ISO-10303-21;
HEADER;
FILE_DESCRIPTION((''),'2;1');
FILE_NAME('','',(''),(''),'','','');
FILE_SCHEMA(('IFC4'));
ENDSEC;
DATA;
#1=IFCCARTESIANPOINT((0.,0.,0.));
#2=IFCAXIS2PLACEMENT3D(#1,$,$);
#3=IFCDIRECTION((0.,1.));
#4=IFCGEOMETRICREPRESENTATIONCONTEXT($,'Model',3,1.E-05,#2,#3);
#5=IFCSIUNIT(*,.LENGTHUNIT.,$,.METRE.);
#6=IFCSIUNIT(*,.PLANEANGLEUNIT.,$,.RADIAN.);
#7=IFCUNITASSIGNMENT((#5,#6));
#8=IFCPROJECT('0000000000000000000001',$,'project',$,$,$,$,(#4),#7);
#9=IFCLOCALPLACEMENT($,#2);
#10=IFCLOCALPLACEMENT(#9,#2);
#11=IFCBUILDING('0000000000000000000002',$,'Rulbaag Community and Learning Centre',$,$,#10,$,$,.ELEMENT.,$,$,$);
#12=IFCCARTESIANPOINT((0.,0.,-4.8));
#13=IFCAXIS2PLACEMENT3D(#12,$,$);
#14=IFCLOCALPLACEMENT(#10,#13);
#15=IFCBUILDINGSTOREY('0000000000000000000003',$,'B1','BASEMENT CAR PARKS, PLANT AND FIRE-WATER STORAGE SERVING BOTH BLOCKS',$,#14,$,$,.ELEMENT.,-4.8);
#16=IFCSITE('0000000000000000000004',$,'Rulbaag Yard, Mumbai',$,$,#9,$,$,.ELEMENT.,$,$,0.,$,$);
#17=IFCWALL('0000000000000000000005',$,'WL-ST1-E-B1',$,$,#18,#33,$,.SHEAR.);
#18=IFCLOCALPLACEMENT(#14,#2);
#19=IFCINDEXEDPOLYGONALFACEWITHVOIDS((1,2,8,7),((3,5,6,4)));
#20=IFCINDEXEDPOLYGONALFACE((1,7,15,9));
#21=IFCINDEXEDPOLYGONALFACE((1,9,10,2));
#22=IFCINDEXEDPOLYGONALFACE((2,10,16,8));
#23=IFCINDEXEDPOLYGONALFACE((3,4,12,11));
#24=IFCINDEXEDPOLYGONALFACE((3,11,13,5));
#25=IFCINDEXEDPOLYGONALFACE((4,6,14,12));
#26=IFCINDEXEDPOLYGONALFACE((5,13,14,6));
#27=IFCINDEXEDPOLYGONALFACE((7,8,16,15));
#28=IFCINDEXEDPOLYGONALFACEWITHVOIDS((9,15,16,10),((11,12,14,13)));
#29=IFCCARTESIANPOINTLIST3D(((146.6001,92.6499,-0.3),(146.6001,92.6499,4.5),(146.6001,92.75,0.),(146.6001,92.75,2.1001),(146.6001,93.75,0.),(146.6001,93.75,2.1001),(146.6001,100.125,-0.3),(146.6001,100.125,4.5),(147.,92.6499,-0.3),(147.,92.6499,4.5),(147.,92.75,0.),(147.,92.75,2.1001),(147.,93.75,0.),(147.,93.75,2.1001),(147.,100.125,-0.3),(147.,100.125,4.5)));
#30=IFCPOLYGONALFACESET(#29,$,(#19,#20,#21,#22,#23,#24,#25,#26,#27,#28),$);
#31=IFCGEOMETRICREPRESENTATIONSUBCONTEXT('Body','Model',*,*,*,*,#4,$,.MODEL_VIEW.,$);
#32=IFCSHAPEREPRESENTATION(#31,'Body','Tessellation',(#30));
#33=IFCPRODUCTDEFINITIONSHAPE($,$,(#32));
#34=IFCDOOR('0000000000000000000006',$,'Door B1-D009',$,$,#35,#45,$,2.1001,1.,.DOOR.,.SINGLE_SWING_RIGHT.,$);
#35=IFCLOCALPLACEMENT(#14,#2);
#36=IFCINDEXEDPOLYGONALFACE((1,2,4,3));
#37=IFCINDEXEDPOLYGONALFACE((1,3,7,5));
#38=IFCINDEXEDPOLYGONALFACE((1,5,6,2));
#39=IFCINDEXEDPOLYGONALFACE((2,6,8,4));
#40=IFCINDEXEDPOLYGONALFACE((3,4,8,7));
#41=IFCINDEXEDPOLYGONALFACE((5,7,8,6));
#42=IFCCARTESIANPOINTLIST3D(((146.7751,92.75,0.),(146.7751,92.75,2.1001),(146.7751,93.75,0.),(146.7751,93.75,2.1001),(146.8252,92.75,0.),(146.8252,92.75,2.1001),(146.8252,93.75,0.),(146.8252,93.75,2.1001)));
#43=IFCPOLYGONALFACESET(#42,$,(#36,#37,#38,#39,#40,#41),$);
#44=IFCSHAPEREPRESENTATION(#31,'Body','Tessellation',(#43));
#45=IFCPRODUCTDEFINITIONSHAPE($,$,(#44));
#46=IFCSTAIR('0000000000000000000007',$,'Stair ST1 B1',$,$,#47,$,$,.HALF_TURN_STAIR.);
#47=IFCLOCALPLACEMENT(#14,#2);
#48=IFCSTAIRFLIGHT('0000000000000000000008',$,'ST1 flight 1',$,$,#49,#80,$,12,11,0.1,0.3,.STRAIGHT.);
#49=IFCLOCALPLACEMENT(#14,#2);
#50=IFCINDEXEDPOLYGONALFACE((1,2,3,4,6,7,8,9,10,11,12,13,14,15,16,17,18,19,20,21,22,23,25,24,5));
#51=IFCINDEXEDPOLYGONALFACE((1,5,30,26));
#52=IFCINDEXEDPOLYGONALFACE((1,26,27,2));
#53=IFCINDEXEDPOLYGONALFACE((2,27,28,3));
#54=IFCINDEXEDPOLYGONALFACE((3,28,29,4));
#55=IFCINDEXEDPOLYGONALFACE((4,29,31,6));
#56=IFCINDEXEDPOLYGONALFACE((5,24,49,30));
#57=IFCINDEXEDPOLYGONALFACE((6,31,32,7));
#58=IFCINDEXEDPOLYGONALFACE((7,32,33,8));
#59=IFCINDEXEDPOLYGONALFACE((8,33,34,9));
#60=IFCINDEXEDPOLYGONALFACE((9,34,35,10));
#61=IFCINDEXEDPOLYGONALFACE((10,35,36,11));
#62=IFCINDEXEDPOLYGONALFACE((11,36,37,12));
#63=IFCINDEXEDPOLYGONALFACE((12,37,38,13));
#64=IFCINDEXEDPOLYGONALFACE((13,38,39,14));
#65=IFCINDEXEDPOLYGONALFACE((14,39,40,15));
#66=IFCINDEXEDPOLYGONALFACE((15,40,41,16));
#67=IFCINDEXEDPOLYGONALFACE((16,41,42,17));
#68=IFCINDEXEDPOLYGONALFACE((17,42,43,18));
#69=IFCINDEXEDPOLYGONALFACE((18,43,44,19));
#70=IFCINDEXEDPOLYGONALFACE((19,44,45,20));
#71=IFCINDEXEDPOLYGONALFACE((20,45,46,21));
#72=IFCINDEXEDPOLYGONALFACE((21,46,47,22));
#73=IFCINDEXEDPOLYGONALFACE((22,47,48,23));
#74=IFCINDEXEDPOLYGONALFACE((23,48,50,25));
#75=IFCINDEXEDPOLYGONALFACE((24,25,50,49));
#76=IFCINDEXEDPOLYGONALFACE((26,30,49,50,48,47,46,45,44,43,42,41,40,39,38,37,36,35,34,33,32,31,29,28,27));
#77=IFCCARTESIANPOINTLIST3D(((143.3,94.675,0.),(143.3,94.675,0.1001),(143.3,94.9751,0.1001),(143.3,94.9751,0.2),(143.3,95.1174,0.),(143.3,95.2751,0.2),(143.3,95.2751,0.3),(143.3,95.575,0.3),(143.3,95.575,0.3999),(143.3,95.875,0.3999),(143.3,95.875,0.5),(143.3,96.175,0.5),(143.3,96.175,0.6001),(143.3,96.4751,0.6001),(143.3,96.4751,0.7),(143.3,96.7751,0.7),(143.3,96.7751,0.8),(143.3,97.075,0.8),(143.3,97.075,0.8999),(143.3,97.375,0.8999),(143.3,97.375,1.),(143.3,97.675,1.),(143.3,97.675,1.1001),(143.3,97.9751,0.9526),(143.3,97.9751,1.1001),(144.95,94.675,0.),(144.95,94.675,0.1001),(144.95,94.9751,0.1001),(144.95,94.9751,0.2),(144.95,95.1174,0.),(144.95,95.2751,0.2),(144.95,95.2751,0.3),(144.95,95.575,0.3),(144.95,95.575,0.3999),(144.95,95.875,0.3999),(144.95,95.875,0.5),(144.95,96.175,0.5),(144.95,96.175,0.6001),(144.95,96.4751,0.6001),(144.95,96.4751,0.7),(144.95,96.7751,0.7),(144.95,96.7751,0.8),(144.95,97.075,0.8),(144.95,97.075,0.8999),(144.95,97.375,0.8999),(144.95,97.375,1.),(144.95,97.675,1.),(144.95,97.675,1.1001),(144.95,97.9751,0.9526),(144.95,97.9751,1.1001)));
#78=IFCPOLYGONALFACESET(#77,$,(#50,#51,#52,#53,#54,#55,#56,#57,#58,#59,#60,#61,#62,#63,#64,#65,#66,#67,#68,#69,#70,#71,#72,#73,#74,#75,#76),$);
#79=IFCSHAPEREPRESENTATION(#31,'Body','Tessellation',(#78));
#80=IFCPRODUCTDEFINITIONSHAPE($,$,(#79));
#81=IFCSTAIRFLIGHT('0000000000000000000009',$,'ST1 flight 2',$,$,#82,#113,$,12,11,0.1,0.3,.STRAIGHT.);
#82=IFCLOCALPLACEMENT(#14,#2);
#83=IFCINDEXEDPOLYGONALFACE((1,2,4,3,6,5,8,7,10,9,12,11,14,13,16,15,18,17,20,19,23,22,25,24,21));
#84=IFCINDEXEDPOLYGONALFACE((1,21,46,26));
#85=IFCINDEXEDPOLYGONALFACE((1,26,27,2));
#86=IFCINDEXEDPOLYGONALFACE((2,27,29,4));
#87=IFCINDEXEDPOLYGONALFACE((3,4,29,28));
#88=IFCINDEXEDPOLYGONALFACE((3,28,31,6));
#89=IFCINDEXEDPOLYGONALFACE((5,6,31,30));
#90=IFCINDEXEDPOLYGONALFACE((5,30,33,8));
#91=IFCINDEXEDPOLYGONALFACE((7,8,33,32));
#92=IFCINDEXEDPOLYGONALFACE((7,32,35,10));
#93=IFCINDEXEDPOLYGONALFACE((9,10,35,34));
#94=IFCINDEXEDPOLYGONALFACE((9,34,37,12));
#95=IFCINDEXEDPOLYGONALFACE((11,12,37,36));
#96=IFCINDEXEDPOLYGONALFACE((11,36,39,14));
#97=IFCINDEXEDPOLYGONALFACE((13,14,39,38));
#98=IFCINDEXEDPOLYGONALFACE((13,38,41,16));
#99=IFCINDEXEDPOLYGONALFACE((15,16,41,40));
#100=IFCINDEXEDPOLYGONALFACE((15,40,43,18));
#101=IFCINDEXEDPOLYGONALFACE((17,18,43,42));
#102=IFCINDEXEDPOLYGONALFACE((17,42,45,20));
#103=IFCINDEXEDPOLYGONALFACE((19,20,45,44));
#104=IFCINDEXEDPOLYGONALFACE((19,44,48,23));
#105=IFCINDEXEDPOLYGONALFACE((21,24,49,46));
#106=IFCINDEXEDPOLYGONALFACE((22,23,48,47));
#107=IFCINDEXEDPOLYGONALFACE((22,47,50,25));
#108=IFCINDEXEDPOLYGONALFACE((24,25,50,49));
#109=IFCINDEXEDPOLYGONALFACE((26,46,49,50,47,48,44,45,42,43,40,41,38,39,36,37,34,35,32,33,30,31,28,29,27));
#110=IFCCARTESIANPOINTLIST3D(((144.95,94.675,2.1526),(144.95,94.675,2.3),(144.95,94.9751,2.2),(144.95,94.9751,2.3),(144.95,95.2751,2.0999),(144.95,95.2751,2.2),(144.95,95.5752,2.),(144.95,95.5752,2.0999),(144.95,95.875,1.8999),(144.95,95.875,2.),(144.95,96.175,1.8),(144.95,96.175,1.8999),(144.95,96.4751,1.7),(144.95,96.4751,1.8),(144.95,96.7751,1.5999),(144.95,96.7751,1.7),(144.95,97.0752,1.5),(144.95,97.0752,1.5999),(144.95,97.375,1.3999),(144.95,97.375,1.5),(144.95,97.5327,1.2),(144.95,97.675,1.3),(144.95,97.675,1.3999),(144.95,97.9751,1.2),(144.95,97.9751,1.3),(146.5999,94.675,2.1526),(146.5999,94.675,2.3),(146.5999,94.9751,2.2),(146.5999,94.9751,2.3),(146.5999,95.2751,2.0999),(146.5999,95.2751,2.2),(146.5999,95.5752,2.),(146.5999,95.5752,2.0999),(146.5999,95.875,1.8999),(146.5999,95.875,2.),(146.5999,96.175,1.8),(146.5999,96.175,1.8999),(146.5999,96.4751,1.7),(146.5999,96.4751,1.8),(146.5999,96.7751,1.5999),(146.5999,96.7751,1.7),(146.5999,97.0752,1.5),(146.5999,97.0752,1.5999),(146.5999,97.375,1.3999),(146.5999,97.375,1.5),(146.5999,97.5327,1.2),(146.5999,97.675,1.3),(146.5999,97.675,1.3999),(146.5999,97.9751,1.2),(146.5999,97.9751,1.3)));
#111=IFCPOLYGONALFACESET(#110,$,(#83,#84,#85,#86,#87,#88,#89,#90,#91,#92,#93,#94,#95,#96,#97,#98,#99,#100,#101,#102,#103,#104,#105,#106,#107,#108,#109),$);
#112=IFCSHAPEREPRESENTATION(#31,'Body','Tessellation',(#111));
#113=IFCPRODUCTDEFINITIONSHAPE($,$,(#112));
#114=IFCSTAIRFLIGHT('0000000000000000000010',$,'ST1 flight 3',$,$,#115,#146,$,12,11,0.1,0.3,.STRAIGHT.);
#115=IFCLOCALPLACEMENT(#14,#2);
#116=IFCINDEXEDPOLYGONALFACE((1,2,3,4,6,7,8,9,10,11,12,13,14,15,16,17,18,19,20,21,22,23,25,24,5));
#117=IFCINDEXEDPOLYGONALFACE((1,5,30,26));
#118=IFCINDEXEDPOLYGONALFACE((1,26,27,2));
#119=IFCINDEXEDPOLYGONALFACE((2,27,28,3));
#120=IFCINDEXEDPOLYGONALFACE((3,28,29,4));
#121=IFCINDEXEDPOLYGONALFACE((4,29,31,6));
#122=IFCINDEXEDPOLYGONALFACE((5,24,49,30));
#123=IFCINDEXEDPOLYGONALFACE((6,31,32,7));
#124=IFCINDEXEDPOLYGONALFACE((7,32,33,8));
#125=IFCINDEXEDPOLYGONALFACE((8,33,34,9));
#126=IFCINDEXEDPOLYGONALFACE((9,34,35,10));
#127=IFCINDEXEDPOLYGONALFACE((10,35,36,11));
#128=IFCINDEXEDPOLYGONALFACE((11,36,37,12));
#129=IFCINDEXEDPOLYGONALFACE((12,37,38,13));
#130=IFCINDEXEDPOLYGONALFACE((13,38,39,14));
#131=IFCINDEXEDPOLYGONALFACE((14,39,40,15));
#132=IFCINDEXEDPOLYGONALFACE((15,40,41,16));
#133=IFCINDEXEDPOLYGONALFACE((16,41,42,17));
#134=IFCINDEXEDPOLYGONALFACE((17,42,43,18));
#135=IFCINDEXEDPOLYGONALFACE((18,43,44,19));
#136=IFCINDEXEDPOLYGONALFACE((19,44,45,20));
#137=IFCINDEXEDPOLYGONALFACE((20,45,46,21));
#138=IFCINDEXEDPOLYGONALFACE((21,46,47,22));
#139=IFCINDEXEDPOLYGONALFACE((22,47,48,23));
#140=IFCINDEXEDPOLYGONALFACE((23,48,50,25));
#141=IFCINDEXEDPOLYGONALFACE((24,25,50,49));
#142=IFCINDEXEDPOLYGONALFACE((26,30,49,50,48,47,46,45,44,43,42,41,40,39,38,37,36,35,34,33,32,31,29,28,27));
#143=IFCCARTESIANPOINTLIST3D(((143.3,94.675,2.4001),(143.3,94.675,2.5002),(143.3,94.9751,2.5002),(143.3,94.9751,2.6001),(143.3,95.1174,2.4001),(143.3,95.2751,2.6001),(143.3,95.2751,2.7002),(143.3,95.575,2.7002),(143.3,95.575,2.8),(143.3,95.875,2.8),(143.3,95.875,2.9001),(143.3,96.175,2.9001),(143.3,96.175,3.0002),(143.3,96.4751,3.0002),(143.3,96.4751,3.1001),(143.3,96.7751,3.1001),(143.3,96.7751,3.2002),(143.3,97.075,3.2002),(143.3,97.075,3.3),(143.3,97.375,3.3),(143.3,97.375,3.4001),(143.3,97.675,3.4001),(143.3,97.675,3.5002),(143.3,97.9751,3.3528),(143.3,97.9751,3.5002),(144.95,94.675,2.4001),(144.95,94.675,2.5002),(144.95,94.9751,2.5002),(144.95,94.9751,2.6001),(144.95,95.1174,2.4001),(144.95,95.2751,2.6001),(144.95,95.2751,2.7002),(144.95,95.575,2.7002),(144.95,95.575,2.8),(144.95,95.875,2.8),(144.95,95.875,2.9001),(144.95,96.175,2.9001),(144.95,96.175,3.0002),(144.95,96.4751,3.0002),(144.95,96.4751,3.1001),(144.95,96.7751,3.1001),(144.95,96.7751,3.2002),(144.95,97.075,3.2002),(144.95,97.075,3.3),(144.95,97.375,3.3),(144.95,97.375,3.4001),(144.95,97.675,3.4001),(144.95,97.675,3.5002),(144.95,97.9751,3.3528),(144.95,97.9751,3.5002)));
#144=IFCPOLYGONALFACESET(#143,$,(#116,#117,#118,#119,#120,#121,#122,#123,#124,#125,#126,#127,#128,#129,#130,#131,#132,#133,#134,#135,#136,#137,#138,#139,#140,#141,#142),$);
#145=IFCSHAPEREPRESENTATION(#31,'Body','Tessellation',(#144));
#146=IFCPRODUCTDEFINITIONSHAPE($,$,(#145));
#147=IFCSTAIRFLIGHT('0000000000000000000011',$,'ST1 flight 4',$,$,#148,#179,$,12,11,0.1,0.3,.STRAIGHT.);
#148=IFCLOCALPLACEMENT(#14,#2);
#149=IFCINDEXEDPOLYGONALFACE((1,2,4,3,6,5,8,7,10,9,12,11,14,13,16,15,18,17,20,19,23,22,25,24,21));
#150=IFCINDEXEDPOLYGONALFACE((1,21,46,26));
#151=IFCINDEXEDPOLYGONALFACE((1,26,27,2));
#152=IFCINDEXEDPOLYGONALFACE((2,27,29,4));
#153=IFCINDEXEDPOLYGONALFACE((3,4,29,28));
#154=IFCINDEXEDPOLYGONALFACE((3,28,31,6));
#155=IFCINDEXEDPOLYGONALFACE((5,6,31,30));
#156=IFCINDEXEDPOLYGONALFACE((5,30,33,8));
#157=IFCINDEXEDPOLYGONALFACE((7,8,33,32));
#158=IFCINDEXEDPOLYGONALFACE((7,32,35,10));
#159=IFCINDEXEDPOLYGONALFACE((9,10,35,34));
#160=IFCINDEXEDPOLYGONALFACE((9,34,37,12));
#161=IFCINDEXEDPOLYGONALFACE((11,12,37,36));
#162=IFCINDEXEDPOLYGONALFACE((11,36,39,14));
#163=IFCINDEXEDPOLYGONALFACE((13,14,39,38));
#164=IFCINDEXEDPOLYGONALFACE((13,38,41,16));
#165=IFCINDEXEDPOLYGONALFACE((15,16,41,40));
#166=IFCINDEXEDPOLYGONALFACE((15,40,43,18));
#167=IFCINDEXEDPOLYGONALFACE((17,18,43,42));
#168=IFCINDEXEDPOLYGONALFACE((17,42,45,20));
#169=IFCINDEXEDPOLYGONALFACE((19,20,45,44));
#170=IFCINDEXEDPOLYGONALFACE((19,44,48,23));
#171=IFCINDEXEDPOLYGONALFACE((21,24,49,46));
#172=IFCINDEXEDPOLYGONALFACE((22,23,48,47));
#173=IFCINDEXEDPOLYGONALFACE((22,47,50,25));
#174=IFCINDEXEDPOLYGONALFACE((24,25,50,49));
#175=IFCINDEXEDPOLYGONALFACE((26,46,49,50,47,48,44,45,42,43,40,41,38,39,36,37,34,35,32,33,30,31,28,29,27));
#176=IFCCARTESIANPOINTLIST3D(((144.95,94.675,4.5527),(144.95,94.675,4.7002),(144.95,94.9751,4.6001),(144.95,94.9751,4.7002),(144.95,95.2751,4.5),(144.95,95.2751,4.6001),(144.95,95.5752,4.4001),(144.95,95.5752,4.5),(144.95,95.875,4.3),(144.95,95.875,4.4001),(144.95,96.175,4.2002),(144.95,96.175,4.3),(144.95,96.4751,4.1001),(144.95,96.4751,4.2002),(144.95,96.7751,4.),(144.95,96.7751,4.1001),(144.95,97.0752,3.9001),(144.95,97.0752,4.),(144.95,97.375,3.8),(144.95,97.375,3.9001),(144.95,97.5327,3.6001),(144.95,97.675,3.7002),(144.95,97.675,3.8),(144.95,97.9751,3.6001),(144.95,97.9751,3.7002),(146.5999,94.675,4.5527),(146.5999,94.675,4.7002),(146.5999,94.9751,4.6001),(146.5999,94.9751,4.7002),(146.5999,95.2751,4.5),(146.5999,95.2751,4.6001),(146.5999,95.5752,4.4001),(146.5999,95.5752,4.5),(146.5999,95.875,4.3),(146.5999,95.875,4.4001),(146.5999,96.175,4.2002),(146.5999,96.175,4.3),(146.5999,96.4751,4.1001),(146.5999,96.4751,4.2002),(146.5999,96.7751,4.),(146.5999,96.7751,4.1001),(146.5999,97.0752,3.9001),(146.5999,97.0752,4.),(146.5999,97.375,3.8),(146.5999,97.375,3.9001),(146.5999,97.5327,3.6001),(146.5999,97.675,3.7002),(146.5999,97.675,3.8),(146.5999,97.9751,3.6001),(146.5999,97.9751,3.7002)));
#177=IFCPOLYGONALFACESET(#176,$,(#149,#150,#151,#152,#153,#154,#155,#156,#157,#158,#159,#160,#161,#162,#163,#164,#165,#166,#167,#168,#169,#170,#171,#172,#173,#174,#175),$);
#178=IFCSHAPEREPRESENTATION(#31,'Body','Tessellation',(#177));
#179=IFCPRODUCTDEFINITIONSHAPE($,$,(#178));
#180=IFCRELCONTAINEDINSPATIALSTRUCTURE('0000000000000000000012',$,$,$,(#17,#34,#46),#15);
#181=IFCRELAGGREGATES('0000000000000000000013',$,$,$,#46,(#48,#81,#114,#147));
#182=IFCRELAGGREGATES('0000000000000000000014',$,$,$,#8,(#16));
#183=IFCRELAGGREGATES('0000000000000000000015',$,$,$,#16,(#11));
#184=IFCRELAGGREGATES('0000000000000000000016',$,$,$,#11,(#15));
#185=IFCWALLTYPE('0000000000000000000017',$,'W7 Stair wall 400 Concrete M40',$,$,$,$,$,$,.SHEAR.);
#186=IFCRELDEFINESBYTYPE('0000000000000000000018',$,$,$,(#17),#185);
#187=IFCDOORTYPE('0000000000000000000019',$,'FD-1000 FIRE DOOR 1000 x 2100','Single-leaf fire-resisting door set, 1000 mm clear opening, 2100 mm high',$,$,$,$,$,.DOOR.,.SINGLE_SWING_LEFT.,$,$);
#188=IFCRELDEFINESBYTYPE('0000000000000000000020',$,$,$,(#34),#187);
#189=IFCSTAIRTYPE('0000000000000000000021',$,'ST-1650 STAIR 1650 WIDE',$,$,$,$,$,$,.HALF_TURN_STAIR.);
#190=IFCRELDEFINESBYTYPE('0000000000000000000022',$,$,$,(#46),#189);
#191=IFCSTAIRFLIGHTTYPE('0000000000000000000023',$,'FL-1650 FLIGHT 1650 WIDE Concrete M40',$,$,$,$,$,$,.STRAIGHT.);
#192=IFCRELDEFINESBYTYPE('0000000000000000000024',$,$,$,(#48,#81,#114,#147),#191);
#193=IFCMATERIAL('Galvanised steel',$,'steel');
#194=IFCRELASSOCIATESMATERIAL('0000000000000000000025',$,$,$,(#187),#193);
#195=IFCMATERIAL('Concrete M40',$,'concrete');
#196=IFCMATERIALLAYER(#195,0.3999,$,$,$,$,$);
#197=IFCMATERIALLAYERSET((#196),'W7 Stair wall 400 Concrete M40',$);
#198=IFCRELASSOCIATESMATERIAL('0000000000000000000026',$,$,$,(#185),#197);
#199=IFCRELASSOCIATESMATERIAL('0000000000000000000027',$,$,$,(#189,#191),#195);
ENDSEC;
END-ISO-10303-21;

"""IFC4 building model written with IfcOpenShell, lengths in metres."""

from ifc_helpers import new_model, si_unit, direction, frame, frame_2d, origin, place, context, subcontext, project, spatial, polyline, rectangle, outline, extrude, material, layer, layer_set, type_object, element, fill, aggregate, save


model = new_model("IFC4")

# Units and contexts
model_context = context("Model", 3, precision=1e-05, world=origin(), true_north=direction((0.0, 1.0)))
body_context = subcontext(model_context, "Body", "Model", "MODEL_VIEW")
ifc_project = project(units=[si_unit("LENGTHUNIT", "METRE"), si_unit("PLANEANGLEUNIT", "RADIAN")], contexts=[model_context])

# Site, building, storey
site_placement = place(None, origin())
site = spatial("IfcSite", under=ifc_project, at=site_placement, Name="Rulbaag Yard, Mumbai", CompositionType="ELEMENT", RefElevation=0.0)
building_placement = place(site_placement, origin())
building = spatial("IfcBuilding", under=site, at=building_placement, Name="Rulbaag Community and Learning Centre", CompositionType="ELEMENT")
storey_placement = place(building_placement, frame((0.0, 0.0, -4.8)))
storey = spatial("IfcBuildingStorey", under=building, at=storey_placement, Name="B1", Description="BASEMENT CAR PARKS, PLANT AND FIRE-WATER STORAGE SERVING BOTH BLOCKS", CompositionType="ELEMENT", Elevation=-4.8)

# Shared definitions
ifc_material_1 = material(Name="Galvanised steel", Category="steel")
door_type_1 = type_object("IfcDoorType", Name="FD-1000 FIRE DOOR 1000 x 2100", Description="Single-leaf fire-resisting door set, 1000 mm clear opening, 2100 mm high", OperationType="SINGLE_SWING_LEFT", PredefinedType="DOOR", material=ifc_material_1)

# Shared definitions
ifc_material_2 = material(Name="Concrete M40", Category="concrete")

# Wall, opening, door
ifc_layer_1 = layer(ifc_material_2, 0.3999)
ifc_layer_set_1 = layer_set([ifc_layer_1], Name="W7 Stair wall 400 Concrete M40")
wall_type_1 = type_object("IfcWallType", Name="W7 Stair wall 400 Concrete M40", PredefinedType="SHEAR", material=ifc_layer_set_1)
wall_1_placement = place(storey_placement, frame((146.8, 92.6499, -0.3), z_axis=(0.0, 0.0, 1.0), x_axis=(0.0, 1.0, 0.0)))
wall_1 = element("IfcWall", 1, at=wall_1_placement, inside=storey, type_object=wall_type_1, Name="WL-ST1-E-B1", PredefinedType="SHEAR", context=body_context, shape_type="SweptSolid", body=[
    extrude(rectangle(XDim=7.4751, YDim=0.3999, at=frame_2d((3.7375, 0.0))), origin(), (0.0, 0.0, 1.0), 4.8),
])
opening_1_placement = place(wall_1_placement, frame((0.1001, 0.0, 0.3)))
opening_1 = element("IfcOpeningElement", 2, at=opening_1_placement, cuts=wall_1, PredefinedType="OPENING", context=body_context, shape_type="SweptSolid", body=[
    extrude(rectangle(XDim=1.0, YDim=2.1001, at=frame_2d((0.5, 1.05))), frame((0.0, 0.21, 0.0), z_axis=(0.0, -1.0, 0.0), x_axis=(1.0, 0.0, 0.0)), (0.0, 0.0, 1.0), 0.4199),
])
door_1_placement = place(opening_1_placement, origin())
door_1 = element("IfcDoor", 3, at=door_1_placement, inside=storey, type_object=door_type_1, Name="Door B1-D009", OperationType="SINGLE_SWING_RIGHT", OverallHeight=2.1001, OverallWidth=1.0, PredefinedType="DOOR", context=body_context, shape_type="SweptSolid", body=[
    extrude(rectangle(XDim=1.0, YDim=2.1001, at=frame_2d((0.5, 1.05))), frame((0.0, 0.0249, 0.0), z_axis=(0.0, -1.0, 0.0), x_axis=(1.0, 0.0, 0.0)), (0.0, 0.0, 1.0), 0.05),
])
fill(opening_1, door_1)

# Stair, stair flights
stair_type = type_object("IfcStairType", Name="ST-1650 STAIR 1650 WIDE", PredefinedType="HALF_TURN_STAIR", material=ifc_material_2)
stair_placement = place(storey_placement, origin())
stair = element("IfcStair", 4, at=stair_placement, inside=storey, type_object=stair_type, Name="Stair ST1 B1", PredefinedType="HALF_TURN_STAIR")
stair_flight_type = type_object("IfcStairFlightType", Name="FL-1650 FLIGHT 1650 WIDE Concrete M40", PredefinedType="STRAIGHT", material=ifc_material_2)
stair_flight_1_placement = place(storey_placement, frame((144.125, 94.675, 0.0), z_axis=(0.0, 0.0, 1.0), x_axis=(0.0, 1.0, 0.0)))
stair_flight_1 = element("IfcStairFlight", 5, at=stair_flight_1_placement, type_object=stair_flight_type, Name="ST1 flight 1", NumberOfRisers=12, NumberOfTreads=11, PredefinedType="STRAIGHT", RiserHeight=0.1, TreadLength=0.3, context=body_context, shape_type="SweptSolid", body=[
    extrude(outline(polyline([(0.0, 0.0), (0.0, 0.1001), (0.3, 0.1001), (0.3, 0.2), (0.6001, 0.2), (0.6001, 0.3), (0.8999, 0.3), (0.8999, 0.3999), (1.2, 0.3999), (1.2, 0.5), (1.5, 0.5), (1.5, 0.6001), (1.8, 0.6001), (1.8, 0.7), (2.1001, 0.7), (2.1001, 0.8), (2.3999, 0.8), (2.3999, 0.8999), (2.7, 0.8999), (2.7, 1.0), (3.0, 1.0), (3.0, 1.1001), (3.3, 1.1001), (3.3, 0.9526), (0.4424, 0.0), (0.0, 0.0)])), frame((0.0, 0.825, 0.0), z_axis=(0.0, -1.0, 0.0), x_axis=(1.0, 0.0, 0.0)), (0.0, 0.0, 1.0), 1.6499),
])
stair_flight_2_placement = place(storey_placement, frame((145.7749, 97.9751, 1.2), z_axis=(0.0, 0.0, 1.0), x_axis=(0.0, -1.0, 0.0)))
stair_flight_2 = element("IfcStairFlight", 6, at=stair_flight_2_placement, type_object=stair_flight_type, Name="ST1 flight 2", NumberOfRisers=12, NumberOfTreads=11, PredefinedType="STRAIGHT", RiserHeight=0.1, TreadLength=0.3, context=body_context, shape_type="SweptSolid", body=[
    extrude(outline(polyline([(0.0, 0.0), (0.0, 0.1001), (0.3, 0.1001), (0.3, 0.2), (0.6001, 0.2), (0.6001, 0.3), (0.8999, 0.3), (0.8999, 0.3999), (1.2, 0.3999), (1.2, 0.5), (1.5, 0.5), (1.5, 0.6001), (1.8, 0.6001), (1.8, 0.7), (2.1001, 0.7), (2.1001, 0.8), (2.3999, 0.8), (2.3999, 0.8999), (2.7, 0.8999), (2.7, 1.0), (3.0, 1.0), (3.0, 1.1001), (3.3, 1.1001), (3.3, 0.9526), (0.4424, 0.0), (0.0, 0.0)])), frame((0.0, 0.825, 0.0), z_axis=(0.0, -1.0, 0.0), x_axis=(1.0, 0.0, 0.0)), (0.0, 0.0, 1.0), 1.6499),
])
stair_flight_3_placement = place(storey_placement, frame((144.125, 94.675, 2.4001), z_axis=(0.0, 0.0, 1.0), x_axis=(0.0, 1.0, 0.0)))
stair_flight_3 = element("IfcStairFlight", 7, at=stair_flight_3_placement, type_object=stair_flight_type, Name="ST1 flight 3", NumberOfRisers=12, NumberOfTreads=11, PredefinedType="STRAIGHT", RiserHeight=0.1, TreadLength=0.3, context=body_context, shape_type="SweptSolid", body=[
    extrude(outline(polyline([(0.0, 0.0), (0.0, 0.1001), (0.3, 0.1001), (0.3, 0.2), (0.6001, 0.2), (0.6001, 0.3), (0.8999, 0.3), (0.8999, 0.3999), (1.2, 0.3999), (1.2, 0.5), (1.5, 0.5), (1.5, 0.6001), (1.8, 0.6001), (1.8, 0.7), (2.1001, 0.7), (2.1001, 0.8), (2.3999, 0.8), (2.3999, 0.8999), (2.7, 0.8999), (2.7, 1.0), (3.0, 1.0), (3.0, 1.1001), (3.3, 1.1001), (3.3, 0.9526), (0.4424, 0.0), (0.0, 0.0)])), frame((0.0, 0.825, 0.0), z_axis=(0.0, -1.0, 0.0), x_axis=(1.0, 0.0, 0.0)), (0.0, 0.0, 1.0), 1.6499),
])
stair_flight_4_placement = place(storey_placement, frame((145.7749, 97.9751, 3.6001), z_axis=(0.0, 0.0, 1.0), x_axis=(0.0, -1.0, 0.0)))
stair_flight_4 = element("IfcStairFlight", 8, at=stair_flight_4_placement, type_object=stair_flight_type, Name="ST1 flight 4", NumberOfRisers=12, NumberOfTreads=11, PredefinedType="STRAIGHT", RiserHeight=0.1, TreadLength=0.3, context=body_context, shape_type="SweptSolid", body=[
    extrude(outline(polyline([(0.0, 0.0), (0.0, 0.1001), (0.3, 0.1001), (0.3, 0.2), (0.6001, 0.2), (0.6001, 0.3), (0.8999, 0.3), (0.8999, 0.3999), (1.2, 0.3999), (1.2, 0.5), (1.5, 0.5), (1.5, 0.6001), (1.8, 0.6001), (1.8, 0.7), (2.1001, 0.7), (2.1001, 0.8), (2.3999, 0.8), (2.3999, 0.8999), (2.7, 0.8999), (2.7, 1.0), (3.0, 1.0), (3.0, 1.1001), (3.3, 1.1001), (3.3, 0.9526), (0.4424, 0.0), (0.0, 0.0)])), frame((0.0, 0.825, 0.0), z_axis=(0.0, -1.0, 0.0), x_axis=(1.0, 0.0, 0.0)), (0.0, 0.0, 1.0), 1.6499),
])
aggregate(stair, [stair_flight_1, stair_flight_2, stair_flight_3, stair_flight_4])

save(model, "model.ifc")
